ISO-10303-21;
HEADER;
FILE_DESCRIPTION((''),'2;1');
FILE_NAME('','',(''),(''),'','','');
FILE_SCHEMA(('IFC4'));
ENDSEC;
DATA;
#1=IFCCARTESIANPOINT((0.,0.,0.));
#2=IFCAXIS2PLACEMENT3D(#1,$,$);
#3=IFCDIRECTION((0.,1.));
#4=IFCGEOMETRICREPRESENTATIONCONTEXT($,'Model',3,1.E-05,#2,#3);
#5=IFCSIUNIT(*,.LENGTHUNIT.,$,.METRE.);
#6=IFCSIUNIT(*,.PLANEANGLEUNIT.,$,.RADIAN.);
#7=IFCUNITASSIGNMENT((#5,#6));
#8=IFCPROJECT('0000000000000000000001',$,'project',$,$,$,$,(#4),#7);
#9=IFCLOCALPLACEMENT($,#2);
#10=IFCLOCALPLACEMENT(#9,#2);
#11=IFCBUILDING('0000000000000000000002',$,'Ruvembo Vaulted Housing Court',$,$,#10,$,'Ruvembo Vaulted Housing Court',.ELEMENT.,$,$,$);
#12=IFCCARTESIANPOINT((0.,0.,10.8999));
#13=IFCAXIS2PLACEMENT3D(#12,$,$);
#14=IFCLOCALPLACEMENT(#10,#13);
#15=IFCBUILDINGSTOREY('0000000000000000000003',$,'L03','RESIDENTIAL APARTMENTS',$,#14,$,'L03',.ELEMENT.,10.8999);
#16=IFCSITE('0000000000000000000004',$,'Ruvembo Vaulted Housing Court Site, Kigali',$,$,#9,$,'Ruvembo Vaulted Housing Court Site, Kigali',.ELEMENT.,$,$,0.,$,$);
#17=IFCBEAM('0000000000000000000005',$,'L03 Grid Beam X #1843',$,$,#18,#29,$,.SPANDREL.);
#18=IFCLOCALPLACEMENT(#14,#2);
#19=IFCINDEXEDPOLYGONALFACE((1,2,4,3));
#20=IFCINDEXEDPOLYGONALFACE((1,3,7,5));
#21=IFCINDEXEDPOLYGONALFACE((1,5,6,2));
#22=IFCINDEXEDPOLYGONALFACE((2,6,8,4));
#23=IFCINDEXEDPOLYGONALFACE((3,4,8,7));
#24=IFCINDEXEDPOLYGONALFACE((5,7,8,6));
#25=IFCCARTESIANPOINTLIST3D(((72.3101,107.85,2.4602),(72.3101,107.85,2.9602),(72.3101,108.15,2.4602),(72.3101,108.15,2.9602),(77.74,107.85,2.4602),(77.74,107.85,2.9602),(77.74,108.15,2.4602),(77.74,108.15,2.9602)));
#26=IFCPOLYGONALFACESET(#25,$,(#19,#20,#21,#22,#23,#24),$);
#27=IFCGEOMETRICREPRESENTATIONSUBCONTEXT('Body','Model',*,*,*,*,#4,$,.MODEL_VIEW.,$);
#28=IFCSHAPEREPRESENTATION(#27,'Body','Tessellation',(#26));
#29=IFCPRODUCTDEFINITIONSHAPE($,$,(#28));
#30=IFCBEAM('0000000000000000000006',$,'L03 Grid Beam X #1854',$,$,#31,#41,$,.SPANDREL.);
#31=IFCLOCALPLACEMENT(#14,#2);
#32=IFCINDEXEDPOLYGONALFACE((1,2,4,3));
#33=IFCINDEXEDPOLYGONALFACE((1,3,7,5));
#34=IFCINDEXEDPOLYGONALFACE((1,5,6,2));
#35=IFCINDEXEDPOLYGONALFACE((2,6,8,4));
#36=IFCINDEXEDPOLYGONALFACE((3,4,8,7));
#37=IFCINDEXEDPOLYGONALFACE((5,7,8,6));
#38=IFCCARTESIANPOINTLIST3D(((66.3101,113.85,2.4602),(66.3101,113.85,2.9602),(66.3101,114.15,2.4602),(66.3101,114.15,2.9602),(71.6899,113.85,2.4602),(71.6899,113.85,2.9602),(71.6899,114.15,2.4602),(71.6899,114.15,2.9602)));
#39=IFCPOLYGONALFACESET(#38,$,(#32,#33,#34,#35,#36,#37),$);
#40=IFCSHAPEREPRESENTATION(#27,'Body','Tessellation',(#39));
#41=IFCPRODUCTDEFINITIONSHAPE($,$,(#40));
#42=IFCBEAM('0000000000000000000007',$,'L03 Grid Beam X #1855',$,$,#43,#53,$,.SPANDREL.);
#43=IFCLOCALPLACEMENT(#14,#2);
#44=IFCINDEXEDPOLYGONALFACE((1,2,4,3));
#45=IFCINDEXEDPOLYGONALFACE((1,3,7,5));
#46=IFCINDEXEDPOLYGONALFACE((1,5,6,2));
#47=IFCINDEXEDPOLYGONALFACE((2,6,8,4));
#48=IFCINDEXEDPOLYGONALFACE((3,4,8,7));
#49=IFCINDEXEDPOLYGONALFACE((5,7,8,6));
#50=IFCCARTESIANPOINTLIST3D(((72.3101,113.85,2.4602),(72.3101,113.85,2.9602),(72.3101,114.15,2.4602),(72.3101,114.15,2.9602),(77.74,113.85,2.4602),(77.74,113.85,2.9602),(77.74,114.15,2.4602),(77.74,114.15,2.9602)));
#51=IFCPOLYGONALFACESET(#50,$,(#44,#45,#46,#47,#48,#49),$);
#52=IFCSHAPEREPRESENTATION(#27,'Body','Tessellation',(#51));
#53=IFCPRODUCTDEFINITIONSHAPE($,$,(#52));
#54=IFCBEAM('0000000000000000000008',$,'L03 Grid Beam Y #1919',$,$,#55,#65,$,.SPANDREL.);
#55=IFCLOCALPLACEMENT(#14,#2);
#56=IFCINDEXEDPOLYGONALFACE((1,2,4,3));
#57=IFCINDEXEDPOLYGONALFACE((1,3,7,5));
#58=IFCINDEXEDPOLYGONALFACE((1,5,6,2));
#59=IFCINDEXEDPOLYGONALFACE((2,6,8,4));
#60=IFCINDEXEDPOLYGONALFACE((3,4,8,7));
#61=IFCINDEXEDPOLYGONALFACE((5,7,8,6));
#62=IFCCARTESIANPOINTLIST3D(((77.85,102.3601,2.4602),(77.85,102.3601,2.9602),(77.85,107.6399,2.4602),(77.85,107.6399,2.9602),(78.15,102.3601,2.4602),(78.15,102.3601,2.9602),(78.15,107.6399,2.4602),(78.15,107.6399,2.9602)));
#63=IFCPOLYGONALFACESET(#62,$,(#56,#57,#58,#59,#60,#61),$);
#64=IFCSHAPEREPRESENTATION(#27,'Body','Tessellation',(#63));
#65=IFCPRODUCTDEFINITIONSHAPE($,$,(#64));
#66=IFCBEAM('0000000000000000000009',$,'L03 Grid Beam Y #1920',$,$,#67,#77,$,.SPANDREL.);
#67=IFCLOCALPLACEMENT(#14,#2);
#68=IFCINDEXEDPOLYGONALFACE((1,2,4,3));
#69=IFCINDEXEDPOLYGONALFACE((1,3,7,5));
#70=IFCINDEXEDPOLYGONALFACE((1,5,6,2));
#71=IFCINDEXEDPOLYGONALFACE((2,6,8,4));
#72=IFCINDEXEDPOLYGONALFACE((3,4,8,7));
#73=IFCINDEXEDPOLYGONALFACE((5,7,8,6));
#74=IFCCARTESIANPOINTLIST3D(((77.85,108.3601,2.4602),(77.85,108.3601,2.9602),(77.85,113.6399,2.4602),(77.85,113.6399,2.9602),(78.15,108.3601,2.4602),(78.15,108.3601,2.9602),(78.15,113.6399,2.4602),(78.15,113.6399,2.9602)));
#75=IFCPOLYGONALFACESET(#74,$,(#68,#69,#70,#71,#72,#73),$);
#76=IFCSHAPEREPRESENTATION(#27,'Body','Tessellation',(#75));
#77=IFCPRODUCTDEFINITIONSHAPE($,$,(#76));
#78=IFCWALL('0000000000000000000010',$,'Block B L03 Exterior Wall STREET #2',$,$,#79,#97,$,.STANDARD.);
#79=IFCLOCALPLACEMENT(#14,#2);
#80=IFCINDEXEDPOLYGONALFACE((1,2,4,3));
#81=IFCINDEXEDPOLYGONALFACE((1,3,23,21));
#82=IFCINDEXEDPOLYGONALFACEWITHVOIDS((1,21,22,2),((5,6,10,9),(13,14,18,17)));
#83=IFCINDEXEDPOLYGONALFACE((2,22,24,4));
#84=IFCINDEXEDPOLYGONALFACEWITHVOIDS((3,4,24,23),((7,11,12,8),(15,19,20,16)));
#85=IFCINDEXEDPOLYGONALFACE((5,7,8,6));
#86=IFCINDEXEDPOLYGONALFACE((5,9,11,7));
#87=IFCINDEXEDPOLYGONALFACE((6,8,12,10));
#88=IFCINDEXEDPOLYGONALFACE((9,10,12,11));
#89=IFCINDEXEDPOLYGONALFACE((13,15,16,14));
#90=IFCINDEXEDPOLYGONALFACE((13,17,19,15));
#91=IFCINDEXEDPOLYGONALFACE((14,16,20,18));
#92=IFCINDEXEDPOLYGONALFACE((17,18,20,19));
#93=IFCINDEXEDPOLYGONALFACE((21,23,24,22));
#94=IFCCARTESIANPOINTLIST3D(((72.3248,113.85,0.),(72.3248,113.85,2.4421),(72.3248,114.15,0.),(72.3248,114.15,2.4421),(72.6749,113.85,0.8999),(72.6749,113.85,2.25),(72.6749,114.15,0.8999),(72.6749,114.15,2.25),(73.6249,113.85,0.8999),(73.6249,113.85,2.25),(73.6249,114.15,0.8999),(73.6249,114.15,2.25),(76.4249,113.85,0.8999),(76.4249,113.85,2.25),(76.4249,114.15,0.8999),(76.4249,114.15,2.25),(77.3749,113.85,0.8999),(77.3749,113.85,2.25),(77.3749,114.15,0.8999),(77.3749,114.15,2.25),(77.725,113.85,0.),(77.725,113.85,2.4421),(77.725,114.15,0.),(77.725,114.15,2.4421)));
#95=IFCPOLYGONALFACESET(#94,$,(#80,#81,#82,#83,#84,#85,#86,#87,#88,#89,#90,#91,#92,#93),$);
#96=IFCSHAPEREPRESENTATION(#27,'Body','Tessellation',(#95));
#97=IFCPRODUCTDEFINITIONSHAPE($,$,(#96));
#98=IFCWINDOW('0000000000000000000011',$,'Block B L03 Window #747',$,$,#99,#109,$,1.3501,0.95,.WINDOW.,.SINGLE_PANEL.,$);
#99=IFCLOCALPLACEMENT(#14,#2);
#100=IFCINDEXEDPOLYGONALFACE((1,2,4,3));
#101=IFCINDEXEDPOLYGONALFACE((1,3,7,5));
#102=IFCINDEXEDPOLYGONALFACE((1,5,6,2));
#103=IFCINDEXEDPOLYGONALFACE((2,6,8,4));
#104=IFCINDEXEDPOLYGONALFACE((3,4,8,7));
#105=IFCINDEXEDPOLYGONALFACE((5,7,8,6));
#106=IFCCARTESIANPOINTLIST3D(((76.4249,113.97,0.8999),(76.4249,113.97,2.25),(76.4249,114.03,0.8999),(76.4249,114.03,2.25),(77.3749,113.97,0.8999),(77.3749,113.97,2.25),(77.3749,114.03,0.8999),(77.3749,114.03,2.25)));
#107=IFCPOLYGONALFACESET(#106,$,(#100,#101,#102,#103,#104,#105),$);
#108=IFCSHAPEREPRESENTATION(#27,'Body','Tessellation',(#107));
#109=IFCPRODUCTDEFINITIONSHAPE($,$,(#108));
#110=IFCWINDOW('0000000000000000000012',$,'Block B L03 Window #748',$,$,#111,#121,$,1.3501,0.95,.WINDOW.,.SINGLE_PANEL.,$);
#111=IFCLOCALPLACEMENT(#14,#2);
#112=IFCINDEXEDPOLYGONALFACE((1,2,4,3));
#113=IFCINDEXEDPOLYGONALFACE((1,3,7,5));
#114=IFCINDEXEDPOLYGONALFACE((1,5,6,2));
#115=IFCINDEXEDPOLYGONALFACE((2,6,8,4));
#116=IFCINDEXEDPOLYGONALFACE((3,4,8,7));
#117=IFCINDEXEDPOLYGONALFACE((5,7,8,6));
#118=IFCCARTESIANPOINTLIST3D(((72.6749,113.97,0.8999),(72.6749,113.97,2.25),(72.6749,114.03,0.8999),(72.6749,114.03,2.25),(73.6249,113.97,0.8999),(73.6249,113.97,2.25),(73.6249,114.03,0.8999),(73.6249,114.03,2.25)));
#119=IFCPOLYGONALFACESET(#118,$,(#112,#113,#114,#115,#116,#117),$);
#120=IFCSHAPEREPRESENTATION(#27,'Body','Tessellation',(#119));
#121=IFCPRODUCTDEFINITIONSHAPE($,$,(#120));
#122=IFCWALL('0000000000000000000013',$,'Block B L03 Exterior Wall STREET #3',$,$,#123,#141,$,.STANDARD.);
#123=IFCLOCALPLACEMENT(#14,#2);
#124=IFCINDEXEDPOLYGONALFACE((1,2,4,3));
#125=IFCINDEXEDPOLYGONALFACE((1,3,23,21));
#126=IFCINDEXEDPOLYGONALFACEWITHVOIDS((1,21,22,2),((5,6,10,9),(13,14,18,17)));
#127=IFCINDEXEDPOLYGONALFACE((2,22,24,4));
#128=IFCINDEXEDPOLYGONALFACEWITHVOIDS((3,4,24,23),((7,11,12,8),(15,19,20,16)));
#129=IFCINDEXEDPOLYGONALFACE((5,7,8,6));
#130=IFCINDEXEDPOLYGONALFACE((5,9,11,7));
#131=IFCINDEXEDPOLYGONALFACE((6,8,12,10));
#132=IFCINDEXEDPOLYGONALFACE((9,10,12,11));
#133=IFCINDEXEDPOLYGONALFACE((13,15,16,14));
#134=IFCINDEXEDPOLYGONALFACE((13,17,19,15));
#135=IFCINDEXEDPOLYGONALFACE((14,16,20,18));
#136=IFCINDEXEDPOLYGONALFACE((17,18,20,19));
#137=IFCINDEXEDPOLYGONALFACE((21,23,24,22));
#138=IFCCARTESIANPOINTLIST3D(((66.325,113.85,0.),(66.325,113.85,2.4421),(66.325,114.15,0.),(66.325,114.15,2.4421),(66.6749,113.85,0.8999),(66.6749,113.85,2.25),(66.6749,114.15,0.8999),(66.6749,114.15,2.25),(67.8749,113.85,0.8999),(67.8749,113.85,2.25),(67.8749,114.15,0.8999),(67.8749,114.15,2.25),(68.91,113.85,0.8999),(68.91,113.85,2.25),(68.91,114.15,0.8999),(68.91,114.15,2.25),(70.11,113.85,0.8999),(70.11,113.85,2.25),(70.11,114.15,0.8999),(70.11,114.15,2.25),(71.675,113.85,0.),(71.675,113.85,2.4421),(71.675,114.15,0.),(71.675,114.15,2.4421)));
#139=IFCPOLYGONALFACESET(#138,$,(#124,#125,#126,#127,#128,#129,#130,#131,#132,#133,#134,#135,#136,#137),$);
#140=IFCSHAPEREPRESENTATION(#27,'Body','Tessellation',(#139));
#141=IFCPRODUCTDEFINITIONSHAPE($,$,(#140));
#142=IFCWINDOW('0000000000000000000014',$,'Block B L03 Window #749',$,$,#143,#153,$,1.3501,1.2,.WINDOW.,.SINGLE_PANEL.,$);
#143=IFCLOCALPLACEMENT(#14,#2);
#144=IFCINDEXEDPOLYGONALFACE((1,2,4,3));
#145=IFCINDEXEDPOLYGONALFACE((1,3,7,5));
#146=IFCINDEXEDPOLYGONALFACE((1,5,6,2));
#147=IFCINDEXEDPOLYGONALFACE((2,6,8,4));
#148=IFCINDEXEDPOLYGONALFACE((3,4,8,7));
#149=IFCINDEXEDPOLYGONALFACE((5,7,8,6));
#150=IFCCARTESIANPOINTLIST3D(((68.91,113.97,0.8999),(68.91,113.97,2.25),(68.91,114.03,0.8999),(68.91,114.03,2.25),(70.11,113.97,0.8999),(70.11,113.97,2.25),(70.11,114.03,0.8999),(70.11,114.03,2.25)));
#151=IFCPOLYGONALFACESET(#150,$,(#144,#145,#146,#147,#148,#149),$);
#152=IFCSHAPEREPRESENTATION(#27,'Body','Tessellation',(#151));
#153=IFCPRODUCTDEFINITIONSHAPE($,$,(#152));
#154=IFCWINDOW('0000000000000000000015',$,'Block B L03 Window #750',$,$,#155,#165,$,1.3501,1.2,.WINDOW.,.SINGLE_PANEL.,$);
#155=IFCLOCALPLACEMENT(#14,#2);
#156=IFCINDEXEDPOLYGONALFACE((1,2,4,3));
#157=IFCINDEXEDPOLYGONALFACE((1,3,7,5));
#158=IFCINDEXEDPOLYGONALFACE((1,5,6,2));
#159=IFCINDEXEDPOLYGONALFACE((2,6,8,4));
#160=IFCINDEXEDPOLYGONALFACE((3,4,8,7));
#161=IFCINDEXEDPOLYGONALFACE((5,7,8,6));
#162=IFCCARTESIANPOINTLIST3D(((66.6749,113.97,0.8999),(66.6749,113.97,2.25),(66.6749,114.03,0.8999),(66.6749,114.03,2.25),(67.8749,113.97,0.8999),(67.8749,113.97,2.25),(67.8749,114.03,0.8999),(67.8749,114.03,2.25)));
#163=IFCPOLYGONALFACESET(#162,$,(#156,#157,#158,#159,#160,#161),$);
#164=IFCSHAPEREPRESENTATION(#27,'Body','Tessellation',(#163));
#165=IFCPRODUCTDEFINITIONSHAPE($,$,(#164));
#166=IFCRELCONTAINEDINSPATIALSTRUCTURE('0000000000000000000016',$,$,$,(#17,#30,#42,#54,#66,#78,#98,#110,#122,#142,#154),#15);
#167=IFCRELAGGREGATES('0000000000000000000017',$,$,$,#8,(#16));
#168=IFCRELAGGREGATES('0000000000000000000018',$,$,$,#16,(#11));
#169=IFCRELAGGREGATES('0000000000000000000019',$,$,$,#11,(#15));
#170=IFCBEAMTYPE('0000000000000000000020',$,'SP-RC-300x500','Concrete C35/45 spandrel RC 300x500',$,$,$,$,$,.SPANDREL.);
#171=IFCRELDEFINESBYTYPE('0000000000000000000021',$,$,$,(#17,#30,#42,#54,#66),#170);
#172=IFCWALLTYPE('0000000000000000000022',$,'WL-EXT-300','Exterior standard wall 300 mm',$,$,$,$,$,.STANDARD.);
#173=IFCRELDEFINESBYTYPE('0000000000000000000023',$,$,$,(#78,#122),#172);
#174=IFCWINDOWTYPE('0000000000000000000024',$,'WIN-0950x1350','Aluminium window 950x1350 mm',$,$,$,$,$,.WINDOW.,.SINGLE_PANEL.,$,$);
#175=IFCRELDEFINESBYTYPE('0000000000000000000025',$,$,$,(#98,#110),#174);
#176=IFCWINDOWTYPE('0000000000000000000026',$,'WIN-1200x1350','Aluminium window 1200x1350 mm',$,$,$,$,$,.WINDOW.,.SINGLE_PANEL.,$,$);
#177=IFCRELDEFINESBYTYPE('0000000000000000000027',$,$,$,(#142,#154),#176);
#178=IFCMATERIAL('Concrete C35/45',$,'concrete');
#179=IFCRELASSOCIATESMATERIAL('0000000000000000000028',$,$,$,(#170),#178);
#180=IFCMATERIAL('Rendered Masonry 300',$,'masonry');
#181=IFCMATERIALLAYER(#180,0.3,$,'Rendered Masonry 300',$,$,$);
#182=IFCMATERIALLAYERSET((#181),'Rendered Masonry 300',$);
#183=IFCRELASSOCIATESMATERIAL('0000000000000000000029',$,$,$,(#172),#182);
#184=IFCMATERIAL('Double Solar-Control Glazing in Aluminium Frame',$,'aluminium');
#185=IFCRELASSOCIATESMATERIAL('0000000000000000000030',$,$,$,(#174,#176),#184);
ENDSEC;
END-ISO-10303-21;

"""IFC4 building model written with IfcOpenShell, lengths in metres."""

from ifc_helpers import new_model, si_unit, direction, frame, frame_2d, origin, origin_2d, place, context, subcontext, project, spatial, rectangle, extrude, material, layer, layer_set, material_profile, profile_set, type_object, element, fill, save


model = new_model("IFC4")

# Units and contexts
model_context = context("Model", 3, precision=1e-05, world=origin(), true_north=direction((0.0, 1.0)))
body_context = subcontext(model_context, "Body", "Model", "MODEL_VIEW")
ifc_project = project(units=[si_unit("LENGTHUNIT", "METRE"), si_unit("PLANEANGLEUNIT", "RADIAN")], contexts=[model_context])

# Site, building, storey
site_placement = place(None, origin())
site = spatial("IfcSite", under=ifc_project, at=site_placement, Name="Ruvembo Vaulted Housing Court Site, Kigali", LongName="Ruvembo Vaulted Housing Court Site, Kigali", CompositionType="ELEMENT", RefElevation=0.0)
building_placement = place(site_placement, origin())
building = spatial("IfcBuilding", under=site, at=building_placement, Name="Ruvembo Vaulted Housing Court", LongName="Ruvembo Vaulted Housing Court", CompositionType="ELEMENT")
storey_placement = place(building_placement, frame((0.0, 0.0, 10.8999)))
storey = spatial("IfcBuildingStorey", under=building, at=storey_placement, Name="L03", Description="RESIDENTIAL APARTMENTS", LongName="L03", CompositionType="ELEMENT", Elevation=10.8999)

# Beams
ifc_material_1 = material(Name="Concrete C35/45", Category="concrete")
ifc_material_profile_1 = material_profile(ifc_material_1, rectangle(XDim=0.3, YDim=0.5, at=origin_2d()), Name="RC 300x500")
ifc_profile_set_1 = profile_set([ifc_material_profile_1], Name="Concrete C35/45")
beam_type_1 = type_object("IfcBeamType", Name="SP-RC-300x500", Description="Concrete C35/45 spandrel RC 300x500", PredefinedType="SPANDREL", material=ifc_profile_set_1)
beam_1_placement = place(storey_placement, frame((72.3101, 108.0, 2.7102), z_axis=(1.0, 0.0, 0.0), x_axis=(0.0, 1.0, 0.0)))
element("IfcBeam", 1, at=beam_1_placement, inside=storey, type_object=beam_type_1, Name="L03 Grid Beam X #1843", PredefinedType="SPANDREL", context=body_context, shape_type="SweptSolid", body=[
    extrude(rectangle(XDim=0.3, YDim=0.5, at=origin_2d()), origin(), (0.0, 0.0, 1.0), 5.4299),
])
beam_2_placement = place(storey_placement, frame((66.3101, 114.0, 2.7102), z_axis=(1.0, 0.0, 0.0), x_axis=(0.0, 1.0, 0.0)))
element("IfcBeam", 2, at=beam_2_placement, inside=storey, type_object=beam_type_1, Name="L03 Grid Beam X #1854", PredefinedType="SPANDREL", context=body_context, shape_type="SweptSolid", body=[
    extrude(rectangle(XDim=0.3, YDim=0.5, at=origin_2d()), origin(), (0.0, 0.0, 1.0), 5.3799),
])
beam_3_placement = place(storey_placement, frame((72.3101, 114.0, 2.7102), z_axis=(1.0, 0.0, 0.0), x_axis=(0.0, 1.0, 0.0)))
element("IfcBeam", 3, at=beam_3_placement, inside=storey, type_object=beam_type_1, Name="L03 Grid Beam X #1855", PredefinedType="SPANDREL", context=body_context, shape_type="SweptSolid", body=[
    extrude(rectangle(XDim=0.3, YDim=0.5, at=origin_2d()), origin(), (0.0, 0.0, 1.0), 5.4299),
])
for number, where, z_axis, x_axis, name in (
    (4, (78.0, 102.3601, 2.7102), (0.0, 1.0, 0.0), (-1.0, 0.0, 0.0), "L03 Grid Beam Y #1919"),
    (5, (78.0, 108.3601, 2.7102), (0.0, 1.0, 0.0), (-1.0, 0.0, 0.0), "L03 Grid Beam Y #1920"),
):
    element("IfcBeam", number, at=place(storey_placement, frame(where, z_axis=z_axis, x_axis=x_axis)), inside=storey, type_object=beam_type_1, Name=name, PredefinedType="SPANDREL", context=body_context, shape_type="SweptSolid", body=[
        extrude(rectangle(XDim=0.3, YDim=0.5, at=origin_2d()), origin(), (0.0, 0.0, 1.0), 5.2798),
    ])

# Walls, openings, windows
ifc_material_2 = material(Name="Rendered Masonry 300", Category="masonry")
ifc_layer_1 = layer(ifc_material_2, 0.3, Name="Rendered Masonry 300")
ifc_layer_set_1 = layer_set([ifc_layer_1], Name="Rendered Masonry 300")
wall_type_1 = type_object("IfcWallType", Name="WL-EXT-300", Description="Exterior standard wall 300 mm", PredefinedType="STANDARD", material=ifc_layer_set_1)
wall_1_placement = place(storey_placement, frame((77.7251, 114.0, 0.0), z_axis=(0.0, 0.0, 1.0), x_axis=(-1.0, 0.0, 0.0)))
wall_1 = element("IfcWall", 6, at=wall_1_placement, inside=storey, type_object=wall_type_1, Name="Block B L03 Exterior Wall STREET #2", PredefinedType="STANDARD", context=body_context, shape_type="SweptSolid", body=[
    extrude(rectangle(XDim=5.4001, YDim=0.3, at=frame_2d((2.7002, 0.0))), origin(), (0.0, 0.0, 1.0), 2.4421),
])
opening_1_placement = place(wall_1_placement, frame((0.3501, 0.0, 0.8999)))
opening_1 = element("IfcOpeningElement", 7, at=opening_1_placement, cuts=wall_1, PredefinedType="OPENING", context=body_context, shape_type="SweptSolid", body=[
    extrude(rectangle(XDim=0.95, YDim=1.3501, at=frame_2d((0.4751, 0.675))), frame((0.0, 0.1599, 0.0), z_axis=(0.0, -1.0, 0.0), x_axis=(1.0, 0.0, 0.0)), (0.0, 0.0, 1.0), 0.3201),
])
opening_2_placement = place(wall_1_placement, frame((4.1001, 0.0, 0.8999)))
opening_2 = element("IfcOpeningElement", 8, at=opening_2_placement, cuts=wall_1, PredefinedType="OPENING", context=body_context, shape_type="SweptSolid", body=[
    extrude(rectangle(XDim=0.95, YDim=1.3501, at=frame_2d((0.4751, 0.675))), frame((0.0, 0.1599, 0.0), z_axis=(0.0, -1.0, 0.0), x_axis=(1.0, 0.0, 0.0)), (0.0, 0.0, 1.0), 0.3201),
])
ifc_material_3 = material(Name="Double Solar-Control Glazing in Aluminium Frame", Category="aluminium")
window_type_1 = type_object("IfcWindowType", Name="WIN-0950x1350", Description="Aluminium window 950x1350 mm", PartitioningType="SINGLE_PANEL", PredefinedType="WINDOW", material=ifc_material_3)
window_1_placement = place(opening_1_placement, origin())
window_1 = element("IfcWindow", 9, at=window_1_placement, inside=storey, type_object=window_type_1, Name="Block B L03 Window #747", OverallHeight=1.3501, OverallWidth=0.95, PartitioningType="SINGLE_PANEL", PredefinedType="WINDOW", context=body_context, shape_type="SweptSolid", body=[
    extrude(rectangle(XDim=0.95, YDim=1.3501, at=frame_2d((0.4751, 0.675))), frame((0.0, 0.03, 0.0), z_axis=(0.0, -1.0, 0.0), x_axis=(1.0, 0.0, 0.0)), (0.0, 0.0, 1.0), 0.0601),
])
fill(opening_1, window_1)
window_2_placement = place(opening_2_placement, origin())
window_2 = element("IfcWindow", 10, at=window_2_placement, inside=storey, type_object=window_type_1, Name="Block B L03 Window #748", OverallHeight=1.3501, OverallWidth=0.95, PartitioningType="SINGLE_PANEL", PredefinedType="WINDOW", context=body_context, shape_type="SweptSolid", body=[
    extrude(rectangle(XDim=0.95, YDim=1.3501, at=frame_2d((0.4751, 0.675))), frame((0.0, 0.03, 0.0), z_axis=(0.0, -1.0, 0.0), x_axis=(1.0, 0.0, 0.0)), (0.0, 0.0, 1.0), 0.0601),
])
fill(opening_2, window_2)
wall_2_placement = place(storey_placement, frame((71.675, 114.0, 0.0), z_axis=(0.0, 0.0, 1.0), x_axis=(-1.0, 0.0, 0.0)))
wall_2 = element("IfcWall", 11, at=wall_2_placement, inside=storey, type_object=wall_type_1, Name="Block B L03 Exterior Wall STREET #3", PredefinedType="STANDARD", context=body_context, shape_type="SweptSolid", body=[
    extrude(rectangle(XDim=5.3501, YDim=0.3, at=frame_2d((2.675, 0.0))), origin(), (0.0, 0.0, 1.0), 2.4421),
])
opening_3_placement = place(wall_2_placement, frame((1.5649, 0.0, 0.8999)))
opening_3 = element("IfcOpeningElement", 12, at=opening_3_placement, cuts=wall_2, PredefinedType="OPENING", context=body_context, shape_type="SweptSolid", body=[
    extrude(rectangle(XDim=1.2, YDim=1.3501, at=frame_2d((0.6001, 0.675))), frame((0.0, 0.1599, 0.0), z_axis=(0.0, -1.0, 0.0), x_axis=(1.0, 0.0, 0.0)), (0.0, 0.0, 1.0), 0.3201),
])
opening_4_placement = place(wall_2_placement, frame((3.8, 0.0, 0.8999)))
opening_4 = element("IfcOpeningElement", 13, at=opening_4_placement, cuts=wall_2, PredefinedType="OPENING", context=body_context, shape_type="SweptSolid", body=[
    extrude(rectangle(XDim=1.2, YDim=1.3501, at=frame_2d((0.6001, 0.675))), frame((0.0, 0.1599, 0.0), z_axis=(0.0, -1.0, 0.0), x_axis=(1.0, 0.0, 0.0)), (0.0, 0.0, 1.0), 0.3201),
])
window_type_2 = type_object("IfcWindowType", Name="WIN-1200x1350", Description="Aluminium window 1200x1350 mm", PartitioningType="SINGLE_PANEL", PredefinedType="WINDOW", material=ifc_material_3)
window_3_placement = place(opening_3_placement, origin())
window_3 = element("IfcWindow", 14, at=window_3_placement, inside=storey, type_object=window_type_2, Name="Block B L03 Window #749", OverallHeight=1.3501, OverallWidth=1.2, PartitioningType="SINGLE_PANEL", PredefinedType="WINDOW", context=body_context, shape_type="SweptSolid", body=[
    extrude(rectangle(XDim=1.2, YDim=1.3501, at=frame_2d((0.6001, 0.675))), frame((0.0, 0.03, 0.0), z_axis=(0.0, -1.0, 0.0), x_axis=(1.0, 0.0, 0.0)), (0.0, 0.0, 1.0), 0.0601),
])
fill(opening_3, window_3)
window_4_placement = place(opening_4_placement, origin())
window_4 = element("IfcWindow", 15, at=window_4_placement, inside=storey, type_object=window_type_2, Name="Block B L03 Window #750", OverallHeight=1.3501, OverallWidth=1.2, PartitioningType="SINGLE_PANEL", PredefinedType="WINDOW", context=body_context, shape_type="SweptSolid", body=[
    extrude(rectangle(XDim=1.2, YDim=1.3501, at=frame_2d((0.6001, 0.675))), frame((0.0, 0.03, 0.0), z_axis=(0.0, -1.0, 0.0), x_axis=(1.0, 0.0, 0.0)), (0.0, 0.0, 1.0), 0.0601),
])
fill(opening_4, window_4)

save(model, "model.ifc")
